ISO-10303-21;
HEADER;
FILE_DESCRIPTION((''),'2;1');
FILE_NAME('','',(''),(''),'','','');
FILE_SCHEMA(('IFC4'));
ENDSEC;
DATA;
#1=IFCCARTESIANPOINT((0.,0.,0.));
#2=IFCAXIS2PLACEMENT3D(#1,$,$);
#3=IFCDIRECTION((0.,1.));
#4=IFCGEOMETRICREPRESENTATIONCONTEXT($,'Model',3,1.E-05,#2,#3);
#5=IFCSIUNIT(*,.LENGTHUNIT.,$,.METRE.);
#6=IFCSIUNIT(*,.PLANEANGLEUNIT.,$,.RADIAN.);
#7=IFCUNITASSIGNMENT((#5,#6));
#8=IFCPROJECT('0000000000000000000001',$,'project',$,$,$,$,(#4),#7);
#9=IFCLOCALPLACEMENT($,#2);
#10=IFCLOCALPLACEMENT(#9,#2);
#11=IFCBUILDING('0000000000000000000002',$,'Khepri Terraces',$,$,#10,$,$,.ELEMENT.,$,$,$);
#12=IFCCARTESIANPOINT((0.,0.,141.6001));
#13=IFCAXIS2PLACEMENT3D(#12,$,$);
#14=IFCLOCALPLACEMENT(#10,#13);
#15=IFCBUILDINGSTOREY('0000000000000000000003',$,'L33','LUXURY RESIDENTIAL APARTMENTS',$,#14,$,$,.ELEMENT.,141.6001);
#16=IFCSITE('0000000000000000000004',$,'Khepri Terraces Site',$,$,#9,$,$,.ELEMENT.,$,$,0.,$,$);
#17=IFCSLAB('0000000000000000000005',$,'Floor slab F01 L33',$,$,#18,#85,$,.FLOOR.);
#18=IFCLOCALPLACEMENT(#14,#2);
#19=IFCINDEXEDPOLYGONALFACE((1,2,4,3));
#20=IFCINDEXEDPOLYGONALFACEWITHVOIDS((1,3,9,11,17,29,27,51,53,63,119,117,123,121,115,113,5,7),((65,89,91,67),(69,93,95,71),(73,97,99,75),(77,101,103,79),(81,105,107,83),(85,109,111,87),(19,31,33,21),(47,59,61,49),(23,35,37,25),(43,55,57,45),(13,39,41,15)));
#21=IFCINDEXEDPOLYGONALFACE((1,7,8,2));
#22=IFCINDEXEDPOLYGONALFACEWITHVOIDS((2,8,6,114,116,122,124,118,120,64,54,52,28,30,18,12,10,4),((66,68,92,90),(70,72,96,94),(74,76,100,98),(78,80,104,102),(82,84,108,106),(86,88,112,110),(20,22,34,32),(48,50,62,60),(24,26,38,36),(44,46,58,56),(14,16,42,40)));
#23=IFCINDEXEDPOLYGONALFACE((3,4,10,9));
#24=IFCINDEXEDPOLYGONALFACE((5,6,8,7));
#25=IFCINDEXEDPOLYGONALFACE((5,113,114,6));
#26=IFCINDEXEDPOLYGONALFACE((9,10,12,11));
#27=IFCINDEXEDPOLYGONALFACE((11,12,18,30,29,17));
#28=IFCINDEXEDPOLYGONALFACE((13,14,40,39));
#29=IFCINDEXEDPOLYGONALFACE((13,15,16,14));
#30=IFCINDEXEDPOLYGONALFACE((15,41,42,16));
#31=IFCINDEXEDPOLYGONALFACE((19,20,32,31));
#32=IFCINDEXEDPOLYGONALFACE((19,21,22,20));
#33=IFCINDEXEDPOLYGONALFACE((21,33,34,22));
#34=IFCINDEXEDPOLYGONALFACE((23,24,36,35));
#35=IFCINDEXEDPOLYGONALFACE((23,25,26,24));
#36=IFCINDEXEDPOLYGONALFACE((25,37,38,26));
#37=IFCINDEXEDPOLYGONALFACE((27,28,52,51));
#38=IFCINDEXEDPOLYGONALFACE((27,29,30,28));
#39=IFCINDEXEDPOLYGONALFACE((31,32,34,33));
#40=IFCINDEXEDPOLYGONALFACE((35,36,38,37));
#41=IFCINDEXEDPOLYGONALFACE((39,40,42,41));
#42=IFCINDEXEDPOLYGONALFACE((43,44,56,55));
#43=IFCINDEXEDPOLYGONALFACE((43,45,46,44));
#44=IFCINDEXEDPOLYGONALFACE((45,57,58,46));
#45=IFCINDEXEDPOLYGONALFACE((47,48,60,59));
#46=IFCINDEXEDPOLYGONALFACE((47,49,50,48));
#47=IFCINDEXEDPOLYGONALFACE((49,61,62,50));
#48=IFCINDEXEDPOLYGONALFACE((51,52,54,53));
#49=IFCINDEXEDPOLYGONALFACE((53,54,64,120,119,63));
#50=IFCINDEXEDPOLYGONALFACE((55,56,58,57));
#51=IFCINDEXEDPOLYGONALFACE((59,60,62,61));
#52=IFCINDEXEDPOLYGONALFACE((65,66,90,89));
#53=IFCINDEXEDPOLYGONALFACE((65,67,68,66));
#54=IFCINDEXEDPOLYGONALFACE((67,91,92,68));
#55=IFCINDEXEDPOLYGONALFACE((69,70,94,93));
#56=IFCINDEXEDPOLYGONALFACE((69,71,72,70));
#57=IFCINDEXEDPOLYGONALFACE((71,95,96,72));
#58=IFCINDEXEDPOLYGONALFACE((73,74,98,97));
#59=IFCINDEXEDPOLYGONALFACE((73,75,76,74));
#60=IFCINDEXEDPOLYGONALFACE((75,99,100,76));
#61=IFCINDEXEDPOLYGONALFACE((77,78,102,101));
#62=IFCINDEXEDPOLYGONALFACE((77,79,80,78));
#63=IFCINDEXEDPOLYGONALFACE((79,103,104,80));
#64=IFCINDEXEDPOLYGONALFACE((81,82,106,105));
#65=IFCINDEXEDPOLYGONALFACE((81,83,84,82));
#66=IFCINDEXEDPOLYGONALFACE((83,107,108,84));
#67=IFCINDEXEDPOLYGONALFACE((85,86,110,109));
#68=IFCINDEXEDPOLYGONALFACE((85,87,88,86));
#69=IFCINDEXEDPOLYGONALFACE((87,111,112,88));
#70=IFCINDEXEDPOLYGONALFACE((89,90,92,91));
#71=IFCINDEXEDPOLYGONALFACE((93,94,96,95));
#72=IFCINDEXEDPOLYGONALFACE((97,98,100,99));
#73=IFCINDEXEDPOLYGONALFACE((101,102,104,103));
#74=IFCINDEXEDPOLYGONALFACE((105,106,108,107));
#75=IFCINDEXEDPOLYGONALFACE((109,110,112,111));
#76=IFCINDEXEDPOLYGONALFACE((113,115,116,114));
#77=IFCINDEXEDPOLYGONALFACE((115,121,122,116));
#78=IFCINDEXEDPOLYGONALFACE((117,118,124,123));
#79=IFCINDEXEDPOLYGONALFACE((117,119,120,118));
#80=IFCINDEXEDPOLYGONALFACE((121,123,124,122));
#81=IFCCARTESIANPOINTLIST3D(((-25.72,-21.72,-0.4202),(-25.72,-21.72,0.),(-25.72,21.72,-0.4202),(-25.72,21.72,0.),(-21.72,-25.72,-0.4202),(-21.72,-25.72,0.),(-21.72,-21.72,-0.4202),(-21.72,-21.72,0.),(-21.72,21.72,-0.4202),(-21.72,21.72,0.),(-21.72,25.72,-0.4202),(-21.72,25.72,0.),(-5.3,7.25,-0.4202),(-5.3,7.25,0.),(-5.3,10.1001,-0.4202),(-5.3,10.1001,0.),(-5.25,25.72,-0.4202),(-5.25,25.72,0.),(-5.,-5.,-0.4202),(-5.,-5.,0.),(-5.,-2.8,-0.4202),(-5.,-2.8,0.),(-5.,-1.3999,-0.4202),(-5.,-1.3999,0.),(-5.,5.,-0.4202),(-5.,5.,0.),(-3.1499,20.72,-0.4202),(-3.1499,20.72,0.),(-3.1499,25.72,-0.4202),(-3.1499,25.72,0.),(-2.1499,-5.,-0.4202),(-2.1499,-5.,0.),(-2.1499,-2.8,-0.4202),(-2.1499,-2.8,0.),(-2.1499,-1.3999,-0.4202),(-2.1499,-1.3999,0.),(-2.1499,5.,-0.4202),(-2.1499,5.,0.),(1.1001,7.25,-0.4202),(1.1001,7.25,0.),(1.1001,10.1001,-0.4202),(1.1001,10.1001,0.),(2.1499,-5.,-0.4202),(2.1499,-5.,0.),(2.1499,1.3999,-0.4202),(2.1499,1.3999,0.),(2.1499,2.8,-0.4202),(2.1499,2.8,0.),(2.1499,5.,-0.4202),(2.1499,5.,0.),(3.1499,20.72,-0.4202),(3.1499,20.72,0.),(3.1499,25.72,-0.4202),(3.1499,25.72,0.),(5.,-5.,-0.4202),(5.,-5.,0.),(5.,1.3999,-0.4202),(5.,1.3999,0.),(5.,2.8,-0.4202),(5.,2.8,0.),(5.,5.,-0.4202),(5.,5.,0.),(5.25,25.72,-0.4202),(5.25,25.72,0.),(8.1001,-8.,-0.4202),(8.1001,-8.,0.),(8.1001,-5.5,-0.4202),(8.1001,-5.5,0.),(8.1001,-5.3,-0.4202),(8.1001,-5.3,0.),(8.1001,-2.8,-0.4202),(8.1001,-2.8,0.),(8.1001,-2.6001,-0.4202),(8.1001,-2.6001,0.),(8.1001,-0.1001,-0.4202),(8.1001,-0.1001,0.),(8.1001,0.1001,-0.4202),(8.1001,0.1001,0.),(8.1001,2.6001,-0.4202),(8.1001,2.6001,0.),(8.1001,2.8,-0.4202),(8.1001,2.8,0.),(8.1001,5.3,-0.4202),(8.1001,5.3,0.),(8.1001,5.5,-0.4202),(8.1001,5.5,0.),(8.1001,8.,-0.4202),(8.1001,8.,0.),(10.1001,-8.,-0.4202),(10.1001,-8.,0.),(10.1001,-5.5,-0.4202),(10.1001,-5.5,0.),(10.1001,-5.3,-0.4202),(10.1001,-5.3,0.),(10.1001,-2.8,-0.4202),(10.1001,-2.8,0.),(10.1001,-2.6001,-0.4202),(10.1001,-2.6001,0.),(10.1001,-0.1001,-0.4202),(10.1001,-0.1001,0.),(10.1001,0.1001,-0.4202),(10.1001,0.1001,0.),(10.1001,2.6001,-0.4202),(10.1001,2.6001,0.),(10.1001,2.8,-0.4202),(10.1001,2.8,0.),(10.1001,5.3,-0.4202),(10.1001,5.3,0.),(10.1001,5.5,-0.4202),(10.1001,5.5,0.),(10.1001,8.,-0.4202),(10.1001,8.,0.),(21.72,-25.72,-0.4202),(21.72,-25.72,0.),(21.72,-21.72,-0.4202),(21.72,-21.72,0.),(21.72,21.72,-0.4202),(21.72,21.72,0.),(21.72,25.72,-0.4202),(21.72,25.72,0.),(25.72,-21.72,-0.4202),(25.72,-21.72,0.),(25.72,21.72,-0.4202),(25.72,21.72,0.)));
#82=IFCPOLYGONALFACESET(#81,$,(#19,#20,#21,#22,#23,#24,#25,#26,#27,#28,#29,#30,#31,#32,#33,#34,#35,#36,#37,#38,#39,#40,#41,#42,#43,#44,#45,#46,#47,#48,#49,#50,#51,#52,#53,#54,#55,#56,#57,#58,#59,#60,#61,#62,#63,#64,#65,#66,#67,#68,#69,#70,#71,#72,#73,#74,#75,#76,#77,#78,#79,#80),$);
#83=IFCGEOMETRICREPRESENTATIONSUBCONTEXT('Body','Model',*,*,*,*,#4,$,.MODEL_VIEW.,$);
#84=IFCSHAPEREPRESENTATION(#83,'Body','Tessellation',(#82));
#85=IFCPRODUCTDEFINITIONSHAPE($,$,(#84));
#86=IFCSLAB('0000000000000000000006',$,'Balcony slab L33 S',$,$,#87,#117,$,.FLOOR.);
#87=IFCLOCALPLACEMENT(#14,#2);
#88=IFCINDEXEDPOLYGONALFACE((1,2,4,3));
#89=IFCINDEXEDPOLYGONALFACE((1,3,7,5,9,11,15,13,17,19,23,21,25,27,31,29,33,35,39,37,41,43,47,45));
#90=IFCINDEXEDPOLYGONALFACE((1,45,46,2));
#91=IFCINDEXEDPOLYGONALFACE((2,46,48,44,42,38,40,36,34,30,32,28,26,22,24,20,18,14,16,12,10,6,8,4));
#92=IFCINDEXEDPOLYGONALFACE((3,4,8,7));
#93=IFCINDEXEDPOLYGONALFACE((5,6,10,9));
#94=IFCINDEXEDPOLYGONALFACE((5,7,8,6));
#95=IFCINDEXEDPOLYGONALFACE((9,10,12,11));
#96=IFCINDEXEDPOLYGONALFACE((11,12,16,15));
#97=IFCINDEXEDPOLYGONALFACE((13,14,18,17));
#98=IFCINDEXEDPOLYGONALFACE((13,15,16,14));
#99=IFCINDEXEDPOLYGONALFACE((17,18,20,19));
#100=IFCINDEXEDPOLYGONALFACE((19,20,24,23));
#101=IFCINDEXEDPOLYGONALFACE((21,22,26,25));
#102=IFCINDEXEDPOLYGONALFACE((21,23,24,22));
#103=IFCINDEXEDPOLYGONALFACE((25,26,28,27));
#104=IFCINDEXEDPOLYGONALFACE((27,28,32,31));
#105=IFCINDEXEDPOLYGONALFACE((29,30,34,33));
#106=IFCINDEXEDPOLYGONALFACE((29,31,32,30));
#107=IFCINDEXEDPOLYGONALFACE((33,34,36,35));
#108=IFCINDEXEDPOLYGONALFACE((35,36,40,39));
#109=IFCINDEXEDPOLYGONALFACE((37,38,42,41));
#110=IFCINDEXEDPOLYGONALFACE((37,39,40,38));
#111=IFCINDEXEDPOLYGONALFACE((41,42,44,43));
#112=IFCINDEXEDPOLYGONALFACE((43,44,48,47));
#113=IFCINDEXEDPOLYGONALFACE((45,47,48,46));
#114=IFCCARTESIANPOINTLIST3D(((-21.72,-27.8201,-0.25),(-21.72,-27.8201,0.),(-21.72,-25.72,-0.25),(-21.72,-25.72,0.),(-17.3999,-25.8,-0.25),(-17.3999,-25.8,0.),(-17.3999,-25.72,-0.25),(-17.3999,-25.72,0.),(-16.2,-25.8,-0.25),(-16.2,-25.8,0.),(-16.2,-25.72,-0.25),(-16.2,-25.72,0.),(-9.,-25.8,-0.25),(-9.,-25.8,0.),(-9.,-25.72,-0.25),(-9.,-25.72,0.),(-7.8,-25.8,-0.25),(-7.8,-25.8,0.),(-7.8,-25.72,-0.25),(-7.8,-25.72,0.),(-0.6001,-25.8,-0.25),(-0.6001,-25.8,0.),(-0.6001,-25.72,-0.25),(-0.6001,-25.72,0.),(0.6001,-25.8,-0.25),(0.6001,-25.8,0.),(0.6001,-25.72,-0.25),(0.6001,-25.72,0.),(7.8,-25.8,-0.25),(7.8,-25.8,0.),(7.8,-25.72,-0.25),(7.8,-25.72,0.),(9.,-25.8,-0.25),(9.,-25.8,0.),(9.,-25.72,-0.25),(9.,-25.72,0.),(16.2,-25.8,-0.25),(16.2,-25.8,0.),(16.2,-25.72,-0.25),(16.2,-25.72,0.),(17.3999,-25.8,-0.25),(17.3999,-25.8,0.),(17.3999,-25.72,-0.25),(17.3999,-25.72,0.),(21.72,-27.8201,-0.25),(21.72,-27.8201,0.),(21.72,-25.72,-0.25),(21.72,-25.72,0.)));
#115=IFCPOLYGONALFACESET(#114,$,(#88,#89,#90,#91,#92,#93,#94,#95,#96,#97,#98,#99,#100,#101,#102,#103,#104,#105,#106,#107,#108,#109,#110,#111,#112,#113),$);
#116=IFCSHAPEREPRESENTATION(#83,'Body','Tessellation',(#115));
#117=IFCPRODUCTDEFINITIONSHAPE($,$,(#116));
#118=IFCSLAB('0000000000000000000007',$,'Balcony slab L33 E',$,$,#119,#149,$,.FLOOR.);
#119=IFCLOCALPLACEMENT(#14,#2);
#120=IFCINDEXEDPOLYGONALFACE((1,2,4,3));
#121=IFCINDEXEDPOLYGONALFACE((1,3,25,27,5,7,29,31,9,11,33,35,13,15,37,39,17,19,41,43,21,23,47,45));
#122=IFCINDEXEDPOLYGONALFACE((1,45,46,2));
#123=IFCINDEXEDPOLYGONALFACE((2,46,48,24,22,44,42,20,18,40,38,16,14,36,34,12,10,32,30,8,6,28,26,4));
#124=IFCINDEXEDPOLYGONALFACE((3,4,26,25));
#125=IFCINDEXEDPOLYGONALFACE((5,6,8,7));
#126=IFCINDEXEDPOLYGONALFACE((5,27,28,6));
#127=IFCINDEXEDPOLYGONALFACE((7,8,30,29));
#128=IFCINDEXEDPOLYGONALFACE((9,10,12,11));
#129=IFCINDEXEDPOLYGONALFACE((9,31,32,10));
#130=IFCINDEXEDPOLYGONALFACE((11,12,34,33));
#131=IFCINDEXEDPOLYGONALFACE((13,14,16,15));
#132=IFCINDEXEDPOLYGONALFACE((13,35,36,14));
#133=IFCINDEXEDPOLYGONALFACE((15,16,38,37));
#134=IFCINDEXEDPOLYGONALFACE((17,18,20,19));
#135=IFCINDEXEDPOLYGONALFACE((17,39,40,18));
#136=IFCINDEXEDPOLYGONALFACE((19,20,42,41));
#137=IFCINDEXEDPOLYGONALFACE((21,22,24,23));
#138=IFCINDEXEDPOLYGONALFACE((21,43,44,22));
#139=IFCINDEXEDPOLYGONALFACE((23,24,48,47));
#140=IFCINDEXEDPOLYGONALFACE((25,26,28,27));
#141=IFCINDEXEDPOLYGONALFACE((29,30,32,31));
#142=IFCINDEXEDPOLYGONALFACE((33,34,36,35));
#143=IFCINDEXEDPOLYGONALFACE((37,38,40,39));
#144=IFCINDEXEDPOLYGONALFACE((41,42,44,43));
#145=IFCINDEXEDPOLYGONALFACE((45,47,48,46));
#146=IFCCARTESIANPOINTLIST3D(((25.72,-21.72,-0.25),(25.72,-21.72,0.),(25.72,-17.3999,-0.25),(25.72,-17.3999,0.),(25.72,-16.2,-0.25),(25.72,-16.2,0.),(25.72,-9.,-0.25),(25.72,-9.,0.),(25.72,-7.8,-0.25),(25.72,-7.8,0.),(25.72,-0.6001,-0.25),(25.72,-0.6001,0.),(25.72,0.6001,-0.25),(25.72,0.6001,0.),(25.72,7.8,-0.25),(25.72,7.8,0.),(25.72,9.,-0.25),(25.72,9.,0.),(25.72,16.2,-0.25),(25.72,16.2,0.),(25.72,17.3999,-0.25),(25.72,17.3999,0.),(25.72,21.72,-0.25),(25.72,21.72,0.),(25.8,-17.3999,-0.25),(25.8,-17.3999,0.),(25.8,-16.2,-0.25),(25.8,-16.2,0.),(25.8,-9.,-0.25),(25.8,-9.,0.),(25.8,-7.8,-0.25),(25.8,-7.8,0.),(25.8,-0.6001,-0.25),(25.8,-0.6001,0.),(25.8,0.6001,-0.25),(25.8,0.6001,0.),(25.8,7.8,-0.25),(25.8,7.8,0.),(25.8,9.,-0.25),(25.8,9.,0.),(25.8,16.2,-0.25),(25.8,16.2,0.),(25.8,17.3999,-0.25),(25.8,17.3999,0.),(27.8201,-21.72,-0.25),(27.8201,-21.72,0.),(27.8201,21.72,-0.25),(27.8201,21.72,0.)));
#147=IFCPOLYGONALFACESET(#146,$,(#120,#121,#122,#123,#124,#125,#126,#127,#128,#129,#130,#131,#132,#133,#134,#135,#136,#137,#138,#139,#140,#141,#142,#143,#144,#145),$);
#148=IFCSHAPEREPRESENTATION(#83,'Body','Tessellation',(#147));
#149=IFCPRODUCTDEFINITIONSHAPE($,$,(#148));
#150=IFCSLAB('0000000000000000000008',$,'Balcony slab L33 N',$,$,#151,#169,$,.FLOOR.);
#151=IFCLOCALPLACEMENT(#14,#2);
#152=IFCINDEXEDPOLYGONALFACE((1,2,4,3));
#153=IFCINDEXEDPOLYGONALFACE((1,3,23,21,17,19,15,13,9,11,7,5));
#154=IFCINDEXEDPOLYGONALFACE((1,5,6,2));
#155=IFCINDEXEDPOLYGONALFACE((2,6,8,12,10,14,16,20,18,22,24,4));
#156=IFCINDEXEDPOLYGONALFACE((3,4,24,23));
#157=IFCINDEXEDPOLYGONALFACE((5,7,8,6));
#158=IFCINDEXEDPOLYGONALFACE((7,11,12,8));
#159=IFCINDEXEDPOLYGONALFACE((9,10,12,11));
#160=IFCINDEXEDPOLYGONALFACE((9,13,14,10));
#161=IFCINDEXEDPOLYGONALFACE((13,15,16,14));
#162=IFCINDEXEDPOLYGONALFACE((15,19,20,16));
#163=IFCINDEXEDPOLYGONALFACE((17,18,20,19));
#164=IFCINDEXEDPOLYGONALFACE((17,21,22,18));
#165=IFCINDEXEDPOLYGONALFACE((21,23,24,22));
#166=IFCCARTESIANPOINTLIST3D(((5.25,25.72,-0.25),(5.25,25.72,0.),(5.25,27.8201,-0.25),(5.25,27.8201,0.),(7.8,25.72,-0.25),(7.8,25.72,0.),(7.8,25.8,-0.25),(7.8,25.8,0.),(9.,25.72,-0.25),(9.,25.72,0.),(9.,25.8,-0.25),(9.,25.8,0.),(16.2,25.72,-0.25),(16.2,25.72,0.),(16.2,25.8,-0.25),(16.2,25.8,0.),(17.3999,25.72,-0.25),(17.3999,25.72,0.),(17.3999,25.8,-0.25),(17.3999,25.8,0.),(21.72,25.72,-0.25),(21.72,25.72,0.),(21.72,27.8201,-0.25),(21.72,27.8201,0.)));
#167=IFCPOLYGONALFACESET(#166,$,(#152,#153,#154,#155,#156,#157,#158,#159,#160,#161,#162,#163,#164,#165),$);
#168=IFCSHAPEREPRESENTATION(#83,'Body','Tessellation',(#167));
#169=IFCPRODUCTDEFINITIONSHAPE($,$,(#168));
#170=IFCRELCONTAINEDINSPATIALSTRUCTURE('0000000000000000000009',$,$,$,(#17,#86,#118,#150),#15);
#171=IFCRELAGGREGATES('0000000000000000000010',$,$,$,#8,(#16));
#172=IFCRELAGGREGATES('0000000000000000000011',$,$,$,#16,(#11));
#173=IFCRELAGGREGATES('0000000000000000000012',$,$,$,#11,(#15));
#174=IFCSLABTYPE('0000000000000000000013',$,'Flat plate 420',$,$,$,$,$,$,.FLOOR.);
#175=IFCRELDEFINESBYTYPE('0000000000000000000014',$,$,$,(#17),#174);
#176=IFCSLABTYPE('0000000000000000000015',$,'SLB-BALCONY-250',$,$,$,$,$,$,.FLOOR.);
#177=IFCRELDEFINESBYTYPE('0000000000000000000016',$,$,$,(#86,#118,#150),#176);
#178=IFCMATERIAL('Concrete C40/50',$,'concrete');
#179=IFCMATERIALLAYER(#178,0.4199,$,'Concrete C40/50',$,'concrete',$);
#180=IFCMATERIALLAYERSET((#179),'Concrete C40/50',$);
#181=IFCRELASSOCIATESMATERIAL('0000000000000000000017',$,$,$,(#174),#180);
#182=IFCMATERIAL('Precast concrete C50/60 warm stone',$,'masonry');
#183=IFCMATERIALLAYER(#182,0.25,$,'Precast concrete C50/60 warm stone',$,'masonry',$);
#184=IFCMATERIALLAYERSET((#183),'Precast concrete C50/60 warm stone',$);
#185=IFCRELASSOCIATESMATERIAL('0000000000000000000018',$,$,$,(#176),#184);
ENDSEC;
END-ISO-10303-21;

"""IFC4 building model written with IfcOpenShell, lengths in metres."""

from ifc_helpers import new_model, si_unit, direction, frame, origin, place, context, subcontext, project, spatial, polyline, outline, extrude, material, layer, layer_set, type_object, element, save


model = new_model("IFC4")

# Units and contexts
model_context = context("Model", 3, precision=1e-05, world=origin(), true_north=direction((0.0, 1.0)))
body_context = subcontext(model_context, "Body", "Model", "MODEL_VIEW")
ifc_project = project(units=[si_unit("LENGTHUNIT", "METRE"), si_unit("PLANEANGLEUNIT", "RADIAN")], contexts=[model_context])

# Site, building, storey
site_placement = place(None, origin())
site = spatial("IfcSite", under=ifc_project, at=site_placement, Name="Khepri Terraces Site", CompositionType="ELEMENT", RefElevation=0.0)
building_placement = place(site_placement, origin())
building = spatial("IfcBuilding", under=site, at=building_placement, Name="Khepri Terraces", CompositionType="ELEMENT")
storey_placement = place(building_placement, frame((0.0, 0.0, 141.6001)))
storey = spatial("IfcBuildingStorey", under=building, at=storey_placement, Name="L33", Description="LUXURY RESIDENTIAL APARTMENTS", CompositionType="ELEMENT", Elevation=141.6001)

# Slabs
ifc_material_1 = material(Name="Concrete C40/50", Category="concrete")
ifc_layer_1 = layer(ifc_material_1, 0.4199, Name="Concrete C40/50", Category="concrete")
ifc_layer_set_1 = layer_set([ifc_layer_1], Name="Concrete C40/50")
slab_type_1 = type_object("IfcSlabType", Name="Flat plate 420", PredefinedType="FLOOR", material=ifc_layer_set_1)
slab_1_placement = place(storey_placement, frame((0.0, 0.0, -0.4202)))
element("IfcSlab", 1, at=slab_1_placement, inside=storey, type_object=slab_type_1, Name="Floor slab F01 L33", PredefinedType="FLOOR", context=body_context, shape_type="SweptSolid", body=[
    extrude(outline(polyline([(3.1499, 25.72), (5.25, 25.72), (21.72, 25.72), (21.72, 21.72), (25.72, 21.72), (25.72, -21.72), (21.72, -21.72), (21.72, -25.72), (-21.72, -25.72), (-21.72, -21.72), (-25.72, -21.72), (-25.72, 21.72), (-21.72, 21.72), (-21.72, 25.72), (-5.25, 25.72), (-3.1499, 25.72), (-3.1499, 20.72), (3.1499, 20.72), (3.1499, 25.72)]), holes=[polyline([(2.1499, 2.8), (5.0, 2.8), (5.0, 5.0), (2.1499, 5.0), (2.1499, 2.8)]), polyline([(-5.0, -2.8), (-5.0, -5.0), (-2.1499, -5.0), (-2.1499, -2.8), (-5.0, -2.8)]), polyline([(10.1001, -5.5), (8.1001, -5.5), (8.1001, -8.0), (10.1001, -8.0), (10.1001, -5.5)]), polyline([(10.1001, -5.3), (10.1001, -2.8), (8.1001, -2.8), (8.1001, -5.3), (10.1001, -5.3)]), polyline([(8.1001, -2.6001), (10.1001, -2.6001), (10.1001, -0.1001), (8.1001, -0.1001), (8.1001, -2.6001)]), polyline([(8.1001, 2.6001), (8.1001, 0.1001), (10.1001, 0.1001), (10.1001, 2.6001), (8.1001, 2.6001)]), polyline([(10.1001, 5.3), (8.1001, 5.3), (8.1001, 2.8), (10.1001, 2.8), (10.1001, 5.3)]), polyline([(10.1001, 5.5), (10.1001, 8.0), (8.1001, 8.0), (8.1001, 5.5), (10.1001, 5.5)]), polyline([(-5.0, -1.3999), (-2.1499, -1.3999), (-2.1499, 5.0), (-5.0, 5.0), (-5.0, -1.3999)]), polyline([(5.0, -5.0), (5.0, 1.3999), (2.1499, 1.3999), (2.1499, -5.0), (5.0, -5.0)]), polyline([(-5.3, 10.1001), (-5.3, 7.25), (1.1001, 7.25), (1.1001, 10.1001), (-5.3, 10.1001)])]), origin(), (0.0, 0.0, 1.0), 0.4202),
])
ifc_material_2 = material(Name="Precast concrete C50/60 warm stone", Category="masonry")
ifc_layer_2 = layer(ifc_material_2, 0.25, Name="Precast concrete C50/60 warm stone", Category="masonry")
ifc_layer_set_2 = layer_set([ifc_layer_2], Name="Precast concrete C50/60 warm stone")
slab_type_2 = type_object("IfcSlabType", Name="SLB-BALCONY-250", PredefinedType="FLOOR", material=ifc_layer_set_2)
slab_2_placement = place(storey_placement, frame((0.0, 0.0, -0.25)))
element("IfcSlab", 2, at=slab_2_placement, inside=storey, type_object=slab_type_2, Name="Balcony slab L33 S", PredefinedType="FLOOR", context=body_context, shape_type="SweptSolid", body=[
    extrude(outline(polyline([(-17.3999, -25.72), (-21.72, -25.72), (-21.72, -27.8201), (21.72, -27.8201), (21.72, -25.72), (17.3999, -25.72), (17.3999, -25.8), (16.2, -25.8), (16.2, -25.72), (9.0, -25.72), (9.0, -25.8), (7.8, -25.8), (7.8, -25.72), (0.6001, -25.72), (0.6001, -25.8), (-0.6001, -25.8), (-0.6001, -25.72), (-7.8, -25.72), (-7.8, -25.8), (-9.0, -25.8), (-9.0, -25.72), (-16.2, -25.72), (-16.2, -25.8), (-17.3999, -25.8), (-17.3999, -25.72)])), origin(), (0.0, 0.0, 1.0), 0.25),
])
slab_3_placement = place(storey_placement, frame((0.0, 0.0, -0.25)))
element("IfcSlab", 3, at=slab_3_placement, inside=storey, type_object=slab_type_2, Name="Balcony slab L33 E", PredefinedType="FLOOR", context=body_context, shape_type="SweptSolid", body=[
    extrude(outline(polyline([(25.72, -17.3999), (25.72, -21.72), (27.8201, -21.72), (27.8201, 21.72), (25.72, 21.72), (25.72, 17.3999), (25.8, 17.3999), (25.8, 16.2), (25.72, 16.2), (25.72, 9.0), (25.8, 9.0), (25.8, 7.8), (25.72, 7.8), (25.72, 0.6001), (25.8, 0.6001), (25.8, -0.6001), (25.72, -0.6001), (25.72, -7.8), (25.8, -7.8), (25.8, -9.0), (25.72, -9.0), (25.72, -16.2), (25.8, -16.2), (25.8, -17.3999), (25.72, -17.3999)])), origin(), (0.0, 0.0, 1.0), 0.25),
])
slab_4_placement = place(storey_placement, frame((0.0, 0.0, -0.25)))
element("IfcSlab", 4, at=slab_4_placement, inside=storey, type_object=slab_type_2, Name="Balcony slab L33 N", PredefinedType="FLOOR", context=body_context, shape_type="SweptSolid", body=[
    extrude(outline(polyline([(17.3999, 25.72), (21.72, 25.72), (21.72, 27.8201), (5.25, 27.8201), (5.25, 25.72), (7.8, 25.72), (7.8, 25.8), (9.0, 25.8), (9.0, 25.72), (16.2, 25.72), (16.2, 25.8), (17.3999, 25.8), (17.3999, 25.72)])), origin(), (0.0, 0.0, 1.0), 0.25),
])

save(model, "model.ifc")
